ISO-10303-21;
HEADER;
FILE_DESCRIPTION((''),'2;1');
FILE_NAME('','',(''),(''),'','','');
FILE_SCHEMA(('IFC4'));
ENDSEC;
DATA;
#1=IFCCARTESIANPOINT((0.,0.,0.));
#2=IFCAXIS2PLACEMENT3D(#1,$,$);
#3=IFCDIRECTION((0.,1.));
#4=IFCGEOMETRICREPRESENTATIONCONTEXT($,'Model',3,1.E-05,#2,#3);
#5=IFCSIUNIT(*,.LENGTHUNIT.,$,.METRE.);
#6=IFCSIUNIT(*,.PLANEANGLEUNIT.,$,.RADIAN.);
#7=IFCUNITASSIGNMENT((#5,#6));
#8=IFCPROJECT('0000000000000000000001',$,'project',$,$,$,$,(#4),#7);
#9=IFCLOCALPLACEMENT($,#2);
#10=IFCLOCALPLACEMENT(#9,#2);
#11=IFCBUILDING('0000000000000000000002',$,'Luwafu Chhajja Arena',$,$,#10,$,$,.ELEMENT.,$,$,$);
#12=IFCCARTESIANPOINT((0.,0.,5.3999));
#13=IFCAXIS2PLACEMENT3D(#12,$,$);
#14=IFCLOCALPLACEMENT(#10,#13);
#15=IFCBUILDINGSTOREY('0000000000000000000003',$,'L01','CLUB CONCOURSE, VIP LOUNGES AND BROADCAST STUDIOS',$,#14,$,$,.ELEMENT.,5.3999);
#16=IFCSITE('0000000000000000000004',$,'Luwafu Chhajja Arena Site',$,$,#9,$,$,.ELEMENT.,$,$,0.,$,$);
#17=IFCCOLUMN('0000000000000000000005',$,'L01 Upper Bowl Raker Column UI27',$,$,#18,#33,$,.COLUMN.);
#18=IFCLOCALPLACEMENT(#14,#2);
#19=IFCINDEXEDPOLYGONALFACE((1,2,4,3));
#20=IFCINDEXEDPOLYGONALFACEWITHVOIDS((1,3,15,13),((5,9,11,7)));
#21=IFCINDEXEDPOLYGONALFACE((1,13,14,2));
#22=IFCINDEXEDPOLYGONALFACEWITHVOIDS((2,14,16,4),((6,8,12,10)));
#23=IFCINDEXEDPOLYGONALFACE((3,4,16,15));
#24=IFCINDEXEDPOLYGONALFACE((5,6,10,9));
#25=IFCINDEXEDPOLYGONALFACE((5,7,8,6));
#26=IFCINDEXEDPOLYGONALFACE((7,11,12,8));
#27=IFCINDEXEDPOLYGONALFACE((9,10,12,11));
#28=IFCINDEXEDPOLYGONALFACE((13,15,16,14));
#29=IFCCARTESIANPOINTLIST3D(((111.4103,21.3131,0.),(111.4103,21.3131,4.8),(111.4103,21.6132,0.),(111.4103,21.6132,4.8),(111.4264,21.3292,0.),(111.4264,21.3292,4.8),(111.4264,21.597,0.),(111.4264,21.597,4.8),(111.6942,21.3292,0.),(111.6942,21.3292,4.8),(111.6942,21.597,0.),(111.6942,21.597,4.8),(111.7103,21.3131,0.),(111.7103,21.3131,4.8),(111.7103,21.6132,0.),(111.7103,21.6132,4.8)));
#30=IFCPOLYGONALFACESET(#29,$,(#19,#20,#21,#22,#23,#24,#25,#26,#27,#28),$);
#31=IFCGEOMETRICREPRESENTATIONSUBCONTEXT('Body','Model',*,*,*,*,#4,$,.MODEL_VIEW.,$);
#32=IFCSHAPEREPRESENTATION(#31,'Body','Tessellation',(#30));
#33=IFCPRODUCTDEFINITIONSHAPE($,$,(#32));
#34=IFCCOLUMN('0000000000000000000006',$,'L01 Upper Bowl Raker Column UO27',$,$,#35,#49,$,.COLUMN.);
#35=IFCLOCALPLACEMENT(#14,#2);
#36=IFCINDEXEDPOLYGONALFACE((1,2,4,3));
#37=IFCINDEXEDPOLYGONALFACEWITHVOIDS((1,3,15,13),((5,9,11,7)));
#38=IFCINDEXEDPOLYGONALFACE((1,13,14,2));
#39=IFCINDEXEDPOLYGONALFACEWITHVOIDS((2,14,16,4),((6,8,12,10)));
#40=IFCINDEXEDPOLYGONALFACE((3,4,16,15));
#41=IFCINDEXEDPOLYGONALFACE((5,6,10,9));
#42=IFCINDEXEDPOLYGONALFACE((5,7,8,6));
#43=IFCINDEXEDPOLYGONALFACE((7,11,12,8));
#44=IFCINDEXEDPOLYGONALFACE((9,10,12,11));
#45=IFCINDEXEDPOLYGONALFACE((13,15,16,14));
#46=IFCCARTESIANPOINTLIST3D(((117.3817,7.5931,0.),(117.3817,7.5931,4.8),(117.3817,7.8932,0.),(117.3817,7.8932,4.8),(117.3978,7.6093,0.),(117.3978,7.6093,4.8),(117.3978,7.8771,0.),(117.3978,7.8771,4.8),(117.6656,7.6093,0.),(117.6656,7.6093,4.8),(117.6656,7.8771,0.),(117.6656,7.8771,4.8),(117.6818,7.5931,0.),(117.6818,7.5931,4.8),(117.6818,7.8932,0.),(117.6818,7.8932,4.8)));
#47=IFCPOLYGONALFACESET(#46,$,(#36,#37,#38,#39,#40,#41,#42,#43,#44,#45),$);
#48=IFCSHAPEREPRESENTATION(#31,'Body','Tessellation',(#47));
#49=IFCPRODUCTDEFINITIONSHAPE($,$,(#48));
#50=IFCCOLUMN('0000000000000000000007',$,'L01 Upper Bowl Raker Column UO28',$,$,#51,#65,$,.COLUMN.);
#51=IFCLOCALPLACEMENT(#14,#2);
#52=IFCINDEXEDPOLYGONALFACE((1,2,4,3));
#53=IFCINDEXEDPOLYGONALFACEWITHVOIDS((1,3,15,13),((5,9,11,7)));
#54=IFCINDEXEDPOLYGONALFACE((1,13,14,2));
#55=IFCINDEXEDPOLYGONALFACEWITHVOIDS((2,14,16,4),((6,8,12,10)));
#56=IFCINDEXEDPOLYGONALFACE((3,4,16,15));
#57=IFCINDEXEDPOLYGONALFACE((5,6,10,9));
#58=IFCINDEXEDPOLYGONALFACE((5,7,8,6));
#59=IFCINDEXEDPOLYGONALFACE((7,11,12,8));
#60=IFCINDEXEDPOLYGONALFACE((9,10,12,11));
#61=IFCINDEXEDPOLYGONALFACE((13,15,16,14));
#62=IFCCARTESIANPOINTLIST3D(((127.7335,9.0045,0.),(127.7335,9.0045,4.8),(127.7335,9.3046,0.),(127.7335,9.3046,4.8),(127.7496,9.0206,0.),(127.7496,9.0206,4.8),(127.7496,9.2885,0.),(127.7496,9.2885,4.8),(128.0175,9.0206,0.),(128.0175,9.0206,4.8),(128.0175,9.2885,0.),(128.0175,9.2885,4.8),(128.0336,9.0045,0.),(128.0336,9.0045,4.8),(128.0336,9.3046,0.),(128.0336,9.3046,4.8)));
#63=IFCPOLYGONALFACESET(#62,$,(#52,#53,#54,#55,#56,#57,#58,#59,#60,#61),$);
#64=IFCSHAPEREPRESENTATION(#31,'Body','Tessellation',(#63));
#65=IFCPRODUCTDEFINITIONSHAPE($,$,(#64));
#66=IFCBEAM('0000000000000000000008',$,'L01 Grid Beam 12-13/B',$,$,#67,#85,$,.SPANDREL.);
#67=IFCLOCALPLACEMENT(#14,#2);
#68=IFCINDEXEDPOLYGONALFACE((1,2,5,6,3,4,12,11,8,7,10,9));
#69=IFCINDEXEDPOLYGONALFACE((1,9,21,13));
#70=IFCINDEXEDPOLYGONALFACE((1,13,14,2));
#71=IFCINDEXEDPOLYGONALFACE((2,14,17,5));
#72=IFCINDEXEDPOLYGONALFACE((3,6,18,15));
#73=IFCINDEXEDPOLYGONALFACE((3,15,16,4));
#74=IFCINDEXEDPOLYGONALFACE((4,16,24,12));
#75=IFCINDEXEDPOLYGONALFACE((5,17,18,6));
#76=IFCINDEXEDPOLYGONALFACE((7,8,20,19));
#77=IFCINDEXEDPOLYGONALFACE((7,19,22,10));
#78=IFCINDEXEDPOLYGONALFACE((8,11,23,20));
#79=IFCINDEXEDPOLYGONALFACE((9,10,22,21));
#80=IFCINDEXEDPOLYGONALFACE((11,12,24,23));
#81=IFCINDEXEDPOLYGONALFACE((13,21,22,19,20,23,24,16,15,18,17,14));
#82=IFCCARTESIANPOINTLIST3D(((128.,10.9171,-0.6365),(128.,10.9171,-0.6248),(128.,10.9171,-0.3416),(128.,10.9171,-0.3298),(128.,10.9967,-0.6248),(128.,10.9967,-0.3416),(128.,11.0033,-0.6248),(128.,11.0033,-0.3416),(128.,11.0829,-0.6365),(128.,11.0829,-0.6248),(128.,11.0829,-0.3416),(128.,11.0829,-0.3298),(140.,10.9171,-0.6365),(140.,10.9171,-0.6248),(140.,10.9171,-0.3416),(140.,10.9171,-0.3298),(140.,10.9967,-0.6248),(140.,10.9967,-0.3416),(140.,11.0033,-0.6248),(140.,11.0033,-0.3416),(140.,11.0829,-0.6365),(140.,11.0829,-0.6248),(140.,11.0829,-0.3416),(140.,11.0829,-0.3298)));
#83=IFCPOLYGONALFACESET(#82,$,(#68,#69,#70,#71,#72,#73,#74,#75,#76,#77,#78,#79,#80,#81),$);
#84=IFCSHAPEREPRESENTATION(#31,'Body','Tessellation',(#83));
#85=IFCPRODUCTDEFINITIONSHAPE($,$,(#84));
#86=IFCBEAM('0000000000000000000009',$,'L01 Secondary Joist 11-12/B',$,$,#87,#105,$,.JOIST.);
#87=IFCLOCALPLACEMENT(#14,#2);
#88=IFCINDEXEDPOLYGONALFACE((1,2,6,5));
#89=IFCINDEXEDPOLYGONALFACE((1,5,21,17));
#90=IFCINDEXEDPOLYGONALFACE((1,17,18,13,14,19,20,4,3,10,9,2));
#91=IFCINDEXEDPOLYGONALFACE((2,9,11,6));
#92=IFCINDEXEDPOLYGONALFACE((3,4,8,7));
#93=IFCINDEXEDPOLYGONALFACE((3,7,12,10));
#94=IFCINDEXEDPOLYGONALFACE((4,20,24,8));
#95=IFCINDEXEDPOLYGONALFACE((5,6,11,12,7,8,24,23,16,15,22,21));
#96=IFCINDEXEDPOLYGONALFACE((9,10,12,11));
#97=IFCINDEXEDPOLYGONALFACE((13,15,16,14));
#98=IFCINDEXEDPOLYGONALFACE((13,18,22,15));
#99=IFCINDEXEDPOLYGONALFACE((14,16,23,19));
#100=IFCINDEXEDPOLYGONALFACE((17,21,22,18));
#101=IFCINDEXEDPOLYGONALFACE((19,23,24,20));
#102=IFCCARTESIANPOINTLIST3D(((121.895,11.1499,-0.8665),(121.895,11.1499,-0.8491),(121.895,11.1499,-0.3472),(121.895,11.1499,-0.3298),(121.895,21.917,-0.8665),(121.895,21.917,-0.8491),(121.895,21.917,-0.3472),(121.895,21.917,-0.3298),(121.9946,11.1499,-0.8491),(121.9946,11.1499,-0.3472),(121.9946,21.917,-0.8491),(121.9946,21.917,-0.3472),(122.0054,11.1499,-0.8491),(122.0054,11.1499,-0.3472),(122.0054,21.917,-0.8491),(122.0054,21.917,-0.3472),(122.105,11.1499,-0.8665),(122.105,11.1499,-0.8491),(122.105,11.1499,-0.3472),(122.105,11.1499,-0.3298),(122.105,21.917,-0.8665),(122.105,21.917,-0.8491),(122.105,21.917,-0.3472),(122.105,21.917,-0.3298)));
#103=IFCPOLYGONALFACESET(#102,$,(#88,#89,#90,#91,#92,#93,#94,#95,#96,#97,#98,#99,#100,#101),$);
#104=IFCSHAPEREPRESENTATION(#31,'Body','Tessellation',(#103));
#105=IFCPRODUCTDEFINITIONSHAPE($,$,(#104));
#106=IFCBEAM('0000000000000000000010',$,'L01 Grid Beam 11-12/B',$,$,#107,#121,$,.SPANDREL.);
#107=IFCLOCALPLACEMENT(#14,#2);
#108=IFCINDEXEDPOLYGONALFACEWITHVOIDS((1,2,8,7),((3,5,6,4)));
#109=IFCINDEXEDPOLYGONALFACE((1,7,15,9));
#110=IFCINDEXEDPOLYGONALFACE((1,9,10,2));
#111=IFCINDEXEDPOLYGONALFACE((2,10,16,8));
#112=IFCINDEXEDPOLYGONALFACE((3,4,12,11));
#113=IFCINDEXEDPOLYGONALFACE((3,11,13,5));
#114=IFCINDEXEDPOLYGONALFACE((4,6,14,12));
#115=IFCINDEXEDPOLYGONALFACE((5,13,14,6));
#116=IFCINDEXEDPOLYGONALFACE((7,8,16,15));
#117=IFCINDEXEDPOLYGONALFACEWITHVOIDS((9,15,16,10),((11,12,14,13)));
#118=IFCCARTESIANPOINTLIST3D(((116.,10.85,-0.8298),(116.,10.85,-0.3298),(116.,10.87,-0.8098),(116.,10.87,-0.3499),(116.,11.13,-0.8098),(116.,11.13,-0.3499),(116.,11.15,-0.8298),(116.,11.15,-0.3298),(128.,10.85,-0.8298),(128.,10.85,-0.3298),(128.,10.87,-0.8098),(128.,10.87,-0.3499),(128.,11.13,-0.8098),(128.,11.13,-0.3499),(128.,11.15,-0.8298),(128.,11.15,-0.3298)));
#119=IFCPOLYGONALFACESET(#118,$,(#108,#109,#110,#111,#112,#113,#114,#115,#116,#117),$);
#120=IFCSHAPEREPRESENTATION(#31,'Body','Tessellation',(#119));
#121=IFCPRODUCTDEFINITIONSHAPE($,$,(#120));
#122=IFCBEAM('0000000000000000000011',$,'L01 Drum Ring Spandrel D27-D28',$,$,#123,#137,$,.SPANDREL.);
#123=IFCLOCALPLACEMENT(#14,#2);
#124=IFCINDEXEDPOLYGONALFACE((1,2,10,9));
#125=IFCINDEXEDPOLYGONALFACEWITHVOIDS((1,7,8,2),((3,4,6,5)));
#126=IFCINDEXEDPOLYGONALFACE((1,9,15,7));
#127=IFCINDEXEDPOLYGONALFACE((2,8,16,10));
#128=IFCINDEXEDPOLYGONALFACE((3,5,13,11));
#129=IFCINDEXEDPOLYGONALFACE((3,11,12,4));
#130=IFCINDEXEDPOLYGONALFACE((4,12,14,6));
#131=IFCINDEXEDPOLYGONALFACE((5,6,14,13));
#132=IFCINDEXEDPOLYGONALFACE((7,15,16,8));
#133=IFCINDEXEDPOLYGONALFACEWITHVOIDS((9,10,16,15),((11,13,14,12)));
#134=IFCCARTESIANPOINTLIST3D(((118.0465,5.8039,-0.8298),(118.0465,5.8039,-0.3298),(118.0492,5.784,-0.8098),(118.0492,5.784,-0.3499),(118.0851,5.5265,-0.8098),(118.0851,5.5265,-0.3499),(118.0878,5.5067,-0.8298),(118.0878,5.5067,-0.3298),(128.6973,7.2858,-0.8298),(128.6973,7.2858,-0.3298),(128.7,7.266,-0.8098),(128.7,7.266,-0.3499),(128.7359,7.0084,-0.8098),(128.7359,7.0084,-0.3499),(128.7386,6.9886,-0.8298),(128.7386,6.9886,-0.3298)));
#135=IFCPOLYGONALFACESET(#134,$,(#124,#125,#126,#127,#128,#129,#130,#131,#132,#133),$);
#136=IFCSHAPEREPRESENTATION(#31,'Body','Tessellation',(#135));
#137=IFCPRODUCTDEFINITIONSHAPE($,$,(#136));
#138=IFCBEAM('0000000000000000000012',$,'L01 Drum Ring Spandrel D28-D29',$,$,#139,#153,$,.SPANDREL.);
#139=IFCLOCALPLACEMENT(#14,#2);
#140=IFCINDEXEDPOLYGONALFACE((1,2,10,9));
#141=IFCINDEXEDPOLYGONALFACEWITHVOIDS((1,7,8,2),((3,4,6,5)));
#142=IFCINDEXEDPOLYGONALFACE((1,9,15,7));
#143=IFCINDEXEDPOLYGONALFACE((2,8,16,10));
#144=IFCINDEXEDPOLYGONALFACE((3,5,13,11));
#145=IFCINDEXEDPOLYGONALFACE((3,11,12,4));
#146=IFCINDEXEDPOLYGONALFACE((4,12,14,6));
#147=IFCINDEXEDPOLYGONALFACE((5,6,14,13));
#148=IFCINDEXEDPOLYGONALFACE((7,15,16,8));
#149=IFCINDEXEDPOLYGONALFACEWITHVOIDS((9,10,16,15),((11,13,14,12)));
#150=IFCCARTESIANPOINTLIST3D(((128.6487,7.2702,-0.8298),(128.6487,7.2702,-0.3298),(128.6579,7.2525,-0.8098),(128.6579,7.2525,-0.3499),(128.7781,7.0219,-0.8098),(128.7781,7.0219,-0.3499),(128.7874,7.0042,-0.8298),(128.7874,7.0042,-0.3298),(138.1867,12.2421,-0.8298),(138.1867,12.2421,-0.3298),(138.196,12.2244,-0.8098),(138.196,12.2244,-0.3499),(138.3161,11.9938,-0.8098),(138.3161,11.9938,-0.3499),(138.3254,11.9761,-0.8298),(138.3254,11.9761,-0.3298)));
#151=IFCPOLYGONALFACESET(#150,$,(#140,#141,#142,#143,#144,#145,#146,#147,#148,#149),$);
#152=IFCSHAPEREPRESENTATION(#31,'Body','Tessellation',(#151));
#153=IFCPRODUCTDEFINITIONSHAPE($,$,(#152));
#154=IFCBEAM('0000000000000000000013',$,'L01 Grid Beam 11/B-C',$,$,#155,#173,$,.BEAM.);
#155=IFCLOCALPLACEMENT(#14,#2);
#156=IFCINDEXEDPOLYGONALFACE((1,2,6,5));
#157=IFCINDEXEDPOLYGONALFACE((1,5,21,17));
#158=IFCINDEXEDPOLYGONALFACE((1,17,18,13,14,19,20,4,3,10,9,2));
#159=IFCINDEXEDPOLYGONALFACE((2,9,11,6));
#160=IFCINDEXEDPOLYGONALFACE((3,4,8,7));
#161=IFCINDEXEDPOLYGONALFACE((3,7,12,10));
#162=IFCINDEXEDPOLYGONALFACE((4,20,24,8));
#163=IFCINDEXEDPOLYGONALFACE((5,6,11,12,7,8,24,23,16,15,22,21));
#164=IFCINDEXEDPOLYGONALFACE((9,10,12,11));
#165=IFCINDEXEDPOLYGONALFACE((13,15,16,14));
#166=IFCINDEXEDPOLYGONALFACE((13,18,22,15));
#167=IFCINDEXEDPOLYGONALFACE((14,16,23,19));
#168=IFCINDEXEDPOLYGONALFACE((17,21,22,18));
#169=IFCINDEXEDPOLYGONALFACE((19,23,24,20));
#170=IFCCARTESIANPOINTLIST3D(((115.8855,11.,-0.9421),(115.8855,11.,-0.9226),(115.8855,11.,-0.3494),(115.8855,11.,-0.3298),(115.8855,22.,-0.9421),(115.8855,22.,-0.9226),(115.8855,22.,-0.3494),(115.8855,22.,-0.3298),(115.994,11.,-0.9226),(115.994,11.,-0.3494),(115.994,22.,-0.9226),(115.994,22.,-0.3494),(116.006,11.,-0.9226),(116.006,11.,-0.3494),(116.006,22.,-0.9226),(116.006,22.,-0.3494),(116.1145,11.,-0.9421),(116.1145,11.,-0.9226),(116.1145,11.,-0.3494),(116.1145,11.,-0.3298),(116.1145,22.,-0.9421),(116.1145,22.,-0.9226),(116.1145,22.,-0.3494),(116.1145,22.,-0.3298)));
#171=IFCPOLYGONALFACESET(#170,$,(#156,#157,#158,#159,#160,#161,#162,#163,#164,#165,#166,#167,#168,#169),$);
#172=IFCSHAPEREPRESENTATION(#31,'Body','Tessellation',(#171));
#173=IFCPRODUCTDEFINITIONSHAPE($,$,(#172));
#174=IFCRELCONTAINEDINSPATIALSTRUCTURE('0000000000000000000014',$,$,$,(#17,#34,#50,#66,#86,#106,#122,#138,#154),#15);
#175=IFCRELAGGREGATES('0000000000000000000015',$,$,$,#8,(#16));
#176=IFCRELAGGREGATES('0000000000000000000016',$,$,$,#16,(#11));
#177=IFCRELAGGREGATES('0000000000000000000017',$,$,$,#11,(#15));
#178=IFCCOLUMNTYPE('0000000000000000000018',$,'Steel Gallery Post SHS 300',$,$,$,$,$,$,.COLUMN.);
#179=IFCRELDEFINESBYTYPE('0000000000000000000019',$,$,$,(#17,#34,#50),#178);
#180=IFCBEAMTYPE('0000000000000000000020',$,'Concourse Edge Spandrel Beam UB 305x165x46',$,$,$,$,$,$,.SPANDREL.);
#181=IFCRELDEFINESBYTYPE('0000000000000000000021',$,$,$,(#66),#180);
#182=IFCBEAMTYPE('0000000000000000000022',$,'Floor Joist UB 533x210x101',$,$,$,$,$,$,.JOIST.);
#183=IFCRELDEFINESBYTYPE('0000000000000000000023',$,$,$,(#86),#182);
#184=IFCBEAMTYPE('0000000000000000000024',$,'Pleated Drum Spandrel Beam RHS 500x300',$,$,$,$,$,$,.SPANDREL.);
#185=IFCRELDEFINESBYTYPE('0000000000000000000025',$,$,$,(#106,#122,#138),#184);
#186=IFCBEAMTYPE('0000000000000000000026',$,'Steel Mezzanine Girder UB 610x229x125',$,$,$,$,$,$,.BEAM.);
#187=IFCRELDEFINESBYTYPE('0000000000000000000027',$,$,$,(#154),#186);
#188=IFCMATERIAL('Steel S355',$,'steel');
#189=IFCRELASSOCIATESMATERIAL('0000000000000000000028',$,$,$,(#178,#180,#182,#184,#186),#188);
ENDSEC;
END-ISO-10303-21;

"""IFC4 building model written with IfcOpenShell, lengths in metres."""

from ifc_helpers import new_model, si_unit, direction, frame, origin, origin_2d, place, context, subcontext, project, spatial, hollow_rectangle, i_section, extrude, material, material_profile, profile_set, type_object, element, save


model = new_model("IFC4")

# Units and contexts
model_context = context("Model", 3, precision=1e-05, world=origin(), true_north=direction((0.0, 1.0)))
body_context = subcontext(model_context, "Body", "Model", "MODEL_VIEW")
ifc_project = project(units=[si_unit("LENGTHUNIT", "METRE"), si_unit("PLANEANGLEUNIT", "RADIAN")], contexts=[model_context])

# Site, building, storey
site_placement = place(None, origin())
site = spatial("IfcSite", under=ifc_project, at=site_placement, Name="Luwafu Chhajja Arena Site", CompositionType="ELEMENT", RefElevation=0.0)
building_placement = place(site_placement, origin())
building = spatial("IfcBuilding", under=site, at=building_placement, Name="Luwafu Chhajja Arena", CompositionType="ELEMENT")
storey_placement = place(building_placement, frame((0.0, 0.0, 5.3999)))
storey = spatial("IfcBuildingStorey", under=building, at=storey_placement, Name="L01", Description="CLUB CONCOURSE, VIP LOUNGES AND BROADCAST STUDIOS", CompositionType="ELEMENT", Elevation=5.3999)

# Columns
ifc_material_1 = material(Name="Steel S355", Category="steel")
ifc_material_profile_1 = material_profile(ifc_material_1, hollow_rectangle(XDim=0.3, YDim=0.3, WallThickness=0.0161, at=origin_2d()), Name="SHS 300x300x16")
ifc_profile_set_1 = profile_set([ifc_material_profile_1], Name="Steel S355")
column_type_1 = type_object("IfcColumnType", Name="Steel Gallery Post SHS 300", PredefinedType="COLUMN", material=ifc_profile_set_1)
for number, where, z_axis, x_axis, name in (
    (1, (111.5603, 21.4631, 0.0), (0.0, 0.0, 1.0), (1.0, 0.0, 0.0), "L01 Upper Bowl Raker Column UI27"),
    (2, (117.5317, 7.7432, 0.0), (0.0, 0.0, 1.0), (1.0, 0.0, 0.0), "L01 Upper Bowl Raker Column UO27"),
    (3, (127.8835, 9.1545, 0.0), (0.0, 0.0, 1.0), (1.0, 0.0, 0.0), "L01 Upper Bowl Raker Column UO28"),
):
    element("IfcColumn", number, at=place(storey_placement, frame(where, z_axis=z_axis, x_axis=x_axis)), inside=storey, type_object=column_type_1, Name=name, PredefinedType="COLUMN", context=body_context, shape_type="SweptSolid", body=[
        extrude(hollow_rectangle(XDim=0.3, YDim=0.3, WallThickness=0.0161, at=origin_2d()), origin(), (0.0, 0.0, 1.0), 4.8),
    ])

# Beams
ifc_material_profile_2 = material_profile(ifc_material_1, i_section(OverallWidth=0.1658, OverallDepth=0.3066, WebThickness=0.0066, FlangeThickness=0.0117, at=origin_2d()), Name="UB 305x165x46")
ifc_profile_set_2 = profile_set([ifc_material_profile_2], Name="Steel S355")
beam_type_1 = type_object("IfcBeamType", Name="Concourse Edge Spandrel Beam UB 305x165x46", PredefinedType="SPANDREL", material=ifc_profile_set_2)
beam_1_placement = place(storey_placement, frame((128.0, 11.0, -0.4832), z_axis=(1.0, 0.0, 0.0), x_axis=(0.0, 1.0, 0.0)))
element("IfcBeam", 4, at=beam_1_placement, inside=storey, type_object=beam_type_1, Name="L01 Grid Beam 12-13/B", PredefinedType="SPANDREL", context=body_context, shape_type="SweptSolid", body=[
    extrude(i_section(OverallWidth=0.1658, OverallDepth=0.3066, WebThickness=0.0066, FlangeThickness=0.0117, at=origin_2d()), origin(), (0.0, 0.0, 1.0), 12.0),
])
ifc_material_profile_3 = material_profile(ifc_material_1, i_section(OverallWidth=0.21, OverallDepth=0.5366, WebThickness=0.0107, FlangeThickness=0.0173, at=origin_2d()), Name="UB 533x210x101")
ifc_profile_set_3 = profile_set([ifc_material_profile_3], Name="Steel S355")
beam_type_2 = type_object("IfcBeamType", Name="Floor Joist UB 533x210x101", PredefinedType="JOIST", material=ifc_profile_set_3)
beam_2_placement = place(storey_placement, frame((122.0, 11.1499, -0.5981), z_axis=(0.0, 1.0, 0.0), x_axis=(-1.0, 0.0, 0.0)))
element("IfcBeam", 5, at=beam_2_placement, inside=storey, type_object=beam_type_2, Name="L01 Secondary Joist 11-12/B", PredefinedType="JOIST", context=body_context, shape_type="SweptSolid", body=[
    extrude(i_section(OverallWidth=0.21, OverallDepth=0.5366, WebThickness=0.0107, FlangeThickness=0.0173, at=origin_2d()), origin(), (0.0, 0.0, 1.0), 10.7671),
])
ifc_material_profile_4 = material_profile(ifc_material_1, hollow_rectangle(XDim=0.3, YDim=0.5, WallThickness=0.02, at=origin_2d()), Name="RHS 500x300x20")
ifc_profile_set_4 = profile_set([ifc_material_profile_4], Name="Steel S355")
beam_type_3 = type_object("IfcBeamType", Name="Pleated Drum Spandrel Beam RHS 500x300", PredefinedType="SPANDREL", material=ifc_profile_set_4)
beam_3_placement = place(storey_placement, frame((116.0, 11.0, -0.5798), z_axis=(1.0, 0.0, 0.0), x_axis=(0.0, 1.0, 0.0)))
element("IfcBeam", 6, at=beam_3_placement, inside=storey, type_object=beam_type_3, Name="L01 Grid Beam 11-12/B", PredefinedType="SPANDREL", context=body_context, shape_type="SweptSolid", body=[
    extrude(hollow_rectangle(XDim=0.3, YDim=0.5, WallThickness=0.02, at=origin_2d()), origin(), (0.0, 0.0, 1.0), 12.0),
])
beam_4_placement = place(storey_placement, frame((118.0671, 5.6553, -0.5798), z_axis=(0.990459, 0.13781, 0.0), x_axis=(-0.13781, 0.990459, 0.0)))
element("IfcBeam", 7, at=beam_4_placement, inside=storey, type_object=beam_type_3, Name="L01 Drum Ring Spandrel D27-D28", PredefinedType="SPANDREL", context=body_context, shape_type="SweptSolid", body=[
    extrude(hollow_rectangle(XDim=0.3, YDim=0.5, WallThickness=0.02, at=origin_2d()), origin(), (0.0, 0.0, 1.0), 10.7534),
])
beam_5_placement = place(storey_placement, frame((128.718, 7.1372, -0.5798), z_axis=(0.886755, 0.462239, 0.0), x_axis=(-0.462239, 0.886755, 0.0)))
element("IfcBeam", 8, at=beam_5_placement, inside=storey, type_object=beam_type_3, Name="L01 Drum Ring Spandrel D28-D29", PredefinedType="SPANDREL", context=body_context, shape_type="SweptSolid", body=[
    extrude(hollow_rectangle(XDim=0.3, YDim=0.5, WallThickness=0.02, at=origin_2d()), origin(), (0.0, 0.0, 1.0), 10.7561),
])
ifc_material_profile_5 = material_profile(ifc_material_1, i_section(OverallWidth=0.229, OverallDepth=0.6123, WebThickness=0.012, FlangeThickness=0.0195, at=origin_2d()), Name="UB 610x229x125")
ifc_profile_set_5 = profile_set([ifc_material_profile_5], Name="Steel S355")
beam_type_4 = type_object("IfcBeamType", Name="Steel Mezzanine Girder UB 610x229x125", PredefinedType="BEAM", material=ifc_profile_set_5)
beam_6_placement = place(storey_placement, frame((116.0, 11.0, -0.636), z_axis=(0.0, 1.0, 0.0), x_axis=(-1.0, 0.0, 0.0)))
element("IfcBeam", 9, at=beam_6_placement, inside=storey, type_object=beam_type_4, Name="L01 Grid Beam 11/B-C", PredefinedType="BEAM", context=body_context, shape_type="SweptSolid", body=[
    extrude(i_section(OverallWidth=0.229, OverallDepth=0.6123, WebThickness=0.012, FlangeThickness=0.0195, at=origin_2d()), origin(), (0.0, 0.0, 1.0), 11.0),
])

save(model, "model.ifc")
